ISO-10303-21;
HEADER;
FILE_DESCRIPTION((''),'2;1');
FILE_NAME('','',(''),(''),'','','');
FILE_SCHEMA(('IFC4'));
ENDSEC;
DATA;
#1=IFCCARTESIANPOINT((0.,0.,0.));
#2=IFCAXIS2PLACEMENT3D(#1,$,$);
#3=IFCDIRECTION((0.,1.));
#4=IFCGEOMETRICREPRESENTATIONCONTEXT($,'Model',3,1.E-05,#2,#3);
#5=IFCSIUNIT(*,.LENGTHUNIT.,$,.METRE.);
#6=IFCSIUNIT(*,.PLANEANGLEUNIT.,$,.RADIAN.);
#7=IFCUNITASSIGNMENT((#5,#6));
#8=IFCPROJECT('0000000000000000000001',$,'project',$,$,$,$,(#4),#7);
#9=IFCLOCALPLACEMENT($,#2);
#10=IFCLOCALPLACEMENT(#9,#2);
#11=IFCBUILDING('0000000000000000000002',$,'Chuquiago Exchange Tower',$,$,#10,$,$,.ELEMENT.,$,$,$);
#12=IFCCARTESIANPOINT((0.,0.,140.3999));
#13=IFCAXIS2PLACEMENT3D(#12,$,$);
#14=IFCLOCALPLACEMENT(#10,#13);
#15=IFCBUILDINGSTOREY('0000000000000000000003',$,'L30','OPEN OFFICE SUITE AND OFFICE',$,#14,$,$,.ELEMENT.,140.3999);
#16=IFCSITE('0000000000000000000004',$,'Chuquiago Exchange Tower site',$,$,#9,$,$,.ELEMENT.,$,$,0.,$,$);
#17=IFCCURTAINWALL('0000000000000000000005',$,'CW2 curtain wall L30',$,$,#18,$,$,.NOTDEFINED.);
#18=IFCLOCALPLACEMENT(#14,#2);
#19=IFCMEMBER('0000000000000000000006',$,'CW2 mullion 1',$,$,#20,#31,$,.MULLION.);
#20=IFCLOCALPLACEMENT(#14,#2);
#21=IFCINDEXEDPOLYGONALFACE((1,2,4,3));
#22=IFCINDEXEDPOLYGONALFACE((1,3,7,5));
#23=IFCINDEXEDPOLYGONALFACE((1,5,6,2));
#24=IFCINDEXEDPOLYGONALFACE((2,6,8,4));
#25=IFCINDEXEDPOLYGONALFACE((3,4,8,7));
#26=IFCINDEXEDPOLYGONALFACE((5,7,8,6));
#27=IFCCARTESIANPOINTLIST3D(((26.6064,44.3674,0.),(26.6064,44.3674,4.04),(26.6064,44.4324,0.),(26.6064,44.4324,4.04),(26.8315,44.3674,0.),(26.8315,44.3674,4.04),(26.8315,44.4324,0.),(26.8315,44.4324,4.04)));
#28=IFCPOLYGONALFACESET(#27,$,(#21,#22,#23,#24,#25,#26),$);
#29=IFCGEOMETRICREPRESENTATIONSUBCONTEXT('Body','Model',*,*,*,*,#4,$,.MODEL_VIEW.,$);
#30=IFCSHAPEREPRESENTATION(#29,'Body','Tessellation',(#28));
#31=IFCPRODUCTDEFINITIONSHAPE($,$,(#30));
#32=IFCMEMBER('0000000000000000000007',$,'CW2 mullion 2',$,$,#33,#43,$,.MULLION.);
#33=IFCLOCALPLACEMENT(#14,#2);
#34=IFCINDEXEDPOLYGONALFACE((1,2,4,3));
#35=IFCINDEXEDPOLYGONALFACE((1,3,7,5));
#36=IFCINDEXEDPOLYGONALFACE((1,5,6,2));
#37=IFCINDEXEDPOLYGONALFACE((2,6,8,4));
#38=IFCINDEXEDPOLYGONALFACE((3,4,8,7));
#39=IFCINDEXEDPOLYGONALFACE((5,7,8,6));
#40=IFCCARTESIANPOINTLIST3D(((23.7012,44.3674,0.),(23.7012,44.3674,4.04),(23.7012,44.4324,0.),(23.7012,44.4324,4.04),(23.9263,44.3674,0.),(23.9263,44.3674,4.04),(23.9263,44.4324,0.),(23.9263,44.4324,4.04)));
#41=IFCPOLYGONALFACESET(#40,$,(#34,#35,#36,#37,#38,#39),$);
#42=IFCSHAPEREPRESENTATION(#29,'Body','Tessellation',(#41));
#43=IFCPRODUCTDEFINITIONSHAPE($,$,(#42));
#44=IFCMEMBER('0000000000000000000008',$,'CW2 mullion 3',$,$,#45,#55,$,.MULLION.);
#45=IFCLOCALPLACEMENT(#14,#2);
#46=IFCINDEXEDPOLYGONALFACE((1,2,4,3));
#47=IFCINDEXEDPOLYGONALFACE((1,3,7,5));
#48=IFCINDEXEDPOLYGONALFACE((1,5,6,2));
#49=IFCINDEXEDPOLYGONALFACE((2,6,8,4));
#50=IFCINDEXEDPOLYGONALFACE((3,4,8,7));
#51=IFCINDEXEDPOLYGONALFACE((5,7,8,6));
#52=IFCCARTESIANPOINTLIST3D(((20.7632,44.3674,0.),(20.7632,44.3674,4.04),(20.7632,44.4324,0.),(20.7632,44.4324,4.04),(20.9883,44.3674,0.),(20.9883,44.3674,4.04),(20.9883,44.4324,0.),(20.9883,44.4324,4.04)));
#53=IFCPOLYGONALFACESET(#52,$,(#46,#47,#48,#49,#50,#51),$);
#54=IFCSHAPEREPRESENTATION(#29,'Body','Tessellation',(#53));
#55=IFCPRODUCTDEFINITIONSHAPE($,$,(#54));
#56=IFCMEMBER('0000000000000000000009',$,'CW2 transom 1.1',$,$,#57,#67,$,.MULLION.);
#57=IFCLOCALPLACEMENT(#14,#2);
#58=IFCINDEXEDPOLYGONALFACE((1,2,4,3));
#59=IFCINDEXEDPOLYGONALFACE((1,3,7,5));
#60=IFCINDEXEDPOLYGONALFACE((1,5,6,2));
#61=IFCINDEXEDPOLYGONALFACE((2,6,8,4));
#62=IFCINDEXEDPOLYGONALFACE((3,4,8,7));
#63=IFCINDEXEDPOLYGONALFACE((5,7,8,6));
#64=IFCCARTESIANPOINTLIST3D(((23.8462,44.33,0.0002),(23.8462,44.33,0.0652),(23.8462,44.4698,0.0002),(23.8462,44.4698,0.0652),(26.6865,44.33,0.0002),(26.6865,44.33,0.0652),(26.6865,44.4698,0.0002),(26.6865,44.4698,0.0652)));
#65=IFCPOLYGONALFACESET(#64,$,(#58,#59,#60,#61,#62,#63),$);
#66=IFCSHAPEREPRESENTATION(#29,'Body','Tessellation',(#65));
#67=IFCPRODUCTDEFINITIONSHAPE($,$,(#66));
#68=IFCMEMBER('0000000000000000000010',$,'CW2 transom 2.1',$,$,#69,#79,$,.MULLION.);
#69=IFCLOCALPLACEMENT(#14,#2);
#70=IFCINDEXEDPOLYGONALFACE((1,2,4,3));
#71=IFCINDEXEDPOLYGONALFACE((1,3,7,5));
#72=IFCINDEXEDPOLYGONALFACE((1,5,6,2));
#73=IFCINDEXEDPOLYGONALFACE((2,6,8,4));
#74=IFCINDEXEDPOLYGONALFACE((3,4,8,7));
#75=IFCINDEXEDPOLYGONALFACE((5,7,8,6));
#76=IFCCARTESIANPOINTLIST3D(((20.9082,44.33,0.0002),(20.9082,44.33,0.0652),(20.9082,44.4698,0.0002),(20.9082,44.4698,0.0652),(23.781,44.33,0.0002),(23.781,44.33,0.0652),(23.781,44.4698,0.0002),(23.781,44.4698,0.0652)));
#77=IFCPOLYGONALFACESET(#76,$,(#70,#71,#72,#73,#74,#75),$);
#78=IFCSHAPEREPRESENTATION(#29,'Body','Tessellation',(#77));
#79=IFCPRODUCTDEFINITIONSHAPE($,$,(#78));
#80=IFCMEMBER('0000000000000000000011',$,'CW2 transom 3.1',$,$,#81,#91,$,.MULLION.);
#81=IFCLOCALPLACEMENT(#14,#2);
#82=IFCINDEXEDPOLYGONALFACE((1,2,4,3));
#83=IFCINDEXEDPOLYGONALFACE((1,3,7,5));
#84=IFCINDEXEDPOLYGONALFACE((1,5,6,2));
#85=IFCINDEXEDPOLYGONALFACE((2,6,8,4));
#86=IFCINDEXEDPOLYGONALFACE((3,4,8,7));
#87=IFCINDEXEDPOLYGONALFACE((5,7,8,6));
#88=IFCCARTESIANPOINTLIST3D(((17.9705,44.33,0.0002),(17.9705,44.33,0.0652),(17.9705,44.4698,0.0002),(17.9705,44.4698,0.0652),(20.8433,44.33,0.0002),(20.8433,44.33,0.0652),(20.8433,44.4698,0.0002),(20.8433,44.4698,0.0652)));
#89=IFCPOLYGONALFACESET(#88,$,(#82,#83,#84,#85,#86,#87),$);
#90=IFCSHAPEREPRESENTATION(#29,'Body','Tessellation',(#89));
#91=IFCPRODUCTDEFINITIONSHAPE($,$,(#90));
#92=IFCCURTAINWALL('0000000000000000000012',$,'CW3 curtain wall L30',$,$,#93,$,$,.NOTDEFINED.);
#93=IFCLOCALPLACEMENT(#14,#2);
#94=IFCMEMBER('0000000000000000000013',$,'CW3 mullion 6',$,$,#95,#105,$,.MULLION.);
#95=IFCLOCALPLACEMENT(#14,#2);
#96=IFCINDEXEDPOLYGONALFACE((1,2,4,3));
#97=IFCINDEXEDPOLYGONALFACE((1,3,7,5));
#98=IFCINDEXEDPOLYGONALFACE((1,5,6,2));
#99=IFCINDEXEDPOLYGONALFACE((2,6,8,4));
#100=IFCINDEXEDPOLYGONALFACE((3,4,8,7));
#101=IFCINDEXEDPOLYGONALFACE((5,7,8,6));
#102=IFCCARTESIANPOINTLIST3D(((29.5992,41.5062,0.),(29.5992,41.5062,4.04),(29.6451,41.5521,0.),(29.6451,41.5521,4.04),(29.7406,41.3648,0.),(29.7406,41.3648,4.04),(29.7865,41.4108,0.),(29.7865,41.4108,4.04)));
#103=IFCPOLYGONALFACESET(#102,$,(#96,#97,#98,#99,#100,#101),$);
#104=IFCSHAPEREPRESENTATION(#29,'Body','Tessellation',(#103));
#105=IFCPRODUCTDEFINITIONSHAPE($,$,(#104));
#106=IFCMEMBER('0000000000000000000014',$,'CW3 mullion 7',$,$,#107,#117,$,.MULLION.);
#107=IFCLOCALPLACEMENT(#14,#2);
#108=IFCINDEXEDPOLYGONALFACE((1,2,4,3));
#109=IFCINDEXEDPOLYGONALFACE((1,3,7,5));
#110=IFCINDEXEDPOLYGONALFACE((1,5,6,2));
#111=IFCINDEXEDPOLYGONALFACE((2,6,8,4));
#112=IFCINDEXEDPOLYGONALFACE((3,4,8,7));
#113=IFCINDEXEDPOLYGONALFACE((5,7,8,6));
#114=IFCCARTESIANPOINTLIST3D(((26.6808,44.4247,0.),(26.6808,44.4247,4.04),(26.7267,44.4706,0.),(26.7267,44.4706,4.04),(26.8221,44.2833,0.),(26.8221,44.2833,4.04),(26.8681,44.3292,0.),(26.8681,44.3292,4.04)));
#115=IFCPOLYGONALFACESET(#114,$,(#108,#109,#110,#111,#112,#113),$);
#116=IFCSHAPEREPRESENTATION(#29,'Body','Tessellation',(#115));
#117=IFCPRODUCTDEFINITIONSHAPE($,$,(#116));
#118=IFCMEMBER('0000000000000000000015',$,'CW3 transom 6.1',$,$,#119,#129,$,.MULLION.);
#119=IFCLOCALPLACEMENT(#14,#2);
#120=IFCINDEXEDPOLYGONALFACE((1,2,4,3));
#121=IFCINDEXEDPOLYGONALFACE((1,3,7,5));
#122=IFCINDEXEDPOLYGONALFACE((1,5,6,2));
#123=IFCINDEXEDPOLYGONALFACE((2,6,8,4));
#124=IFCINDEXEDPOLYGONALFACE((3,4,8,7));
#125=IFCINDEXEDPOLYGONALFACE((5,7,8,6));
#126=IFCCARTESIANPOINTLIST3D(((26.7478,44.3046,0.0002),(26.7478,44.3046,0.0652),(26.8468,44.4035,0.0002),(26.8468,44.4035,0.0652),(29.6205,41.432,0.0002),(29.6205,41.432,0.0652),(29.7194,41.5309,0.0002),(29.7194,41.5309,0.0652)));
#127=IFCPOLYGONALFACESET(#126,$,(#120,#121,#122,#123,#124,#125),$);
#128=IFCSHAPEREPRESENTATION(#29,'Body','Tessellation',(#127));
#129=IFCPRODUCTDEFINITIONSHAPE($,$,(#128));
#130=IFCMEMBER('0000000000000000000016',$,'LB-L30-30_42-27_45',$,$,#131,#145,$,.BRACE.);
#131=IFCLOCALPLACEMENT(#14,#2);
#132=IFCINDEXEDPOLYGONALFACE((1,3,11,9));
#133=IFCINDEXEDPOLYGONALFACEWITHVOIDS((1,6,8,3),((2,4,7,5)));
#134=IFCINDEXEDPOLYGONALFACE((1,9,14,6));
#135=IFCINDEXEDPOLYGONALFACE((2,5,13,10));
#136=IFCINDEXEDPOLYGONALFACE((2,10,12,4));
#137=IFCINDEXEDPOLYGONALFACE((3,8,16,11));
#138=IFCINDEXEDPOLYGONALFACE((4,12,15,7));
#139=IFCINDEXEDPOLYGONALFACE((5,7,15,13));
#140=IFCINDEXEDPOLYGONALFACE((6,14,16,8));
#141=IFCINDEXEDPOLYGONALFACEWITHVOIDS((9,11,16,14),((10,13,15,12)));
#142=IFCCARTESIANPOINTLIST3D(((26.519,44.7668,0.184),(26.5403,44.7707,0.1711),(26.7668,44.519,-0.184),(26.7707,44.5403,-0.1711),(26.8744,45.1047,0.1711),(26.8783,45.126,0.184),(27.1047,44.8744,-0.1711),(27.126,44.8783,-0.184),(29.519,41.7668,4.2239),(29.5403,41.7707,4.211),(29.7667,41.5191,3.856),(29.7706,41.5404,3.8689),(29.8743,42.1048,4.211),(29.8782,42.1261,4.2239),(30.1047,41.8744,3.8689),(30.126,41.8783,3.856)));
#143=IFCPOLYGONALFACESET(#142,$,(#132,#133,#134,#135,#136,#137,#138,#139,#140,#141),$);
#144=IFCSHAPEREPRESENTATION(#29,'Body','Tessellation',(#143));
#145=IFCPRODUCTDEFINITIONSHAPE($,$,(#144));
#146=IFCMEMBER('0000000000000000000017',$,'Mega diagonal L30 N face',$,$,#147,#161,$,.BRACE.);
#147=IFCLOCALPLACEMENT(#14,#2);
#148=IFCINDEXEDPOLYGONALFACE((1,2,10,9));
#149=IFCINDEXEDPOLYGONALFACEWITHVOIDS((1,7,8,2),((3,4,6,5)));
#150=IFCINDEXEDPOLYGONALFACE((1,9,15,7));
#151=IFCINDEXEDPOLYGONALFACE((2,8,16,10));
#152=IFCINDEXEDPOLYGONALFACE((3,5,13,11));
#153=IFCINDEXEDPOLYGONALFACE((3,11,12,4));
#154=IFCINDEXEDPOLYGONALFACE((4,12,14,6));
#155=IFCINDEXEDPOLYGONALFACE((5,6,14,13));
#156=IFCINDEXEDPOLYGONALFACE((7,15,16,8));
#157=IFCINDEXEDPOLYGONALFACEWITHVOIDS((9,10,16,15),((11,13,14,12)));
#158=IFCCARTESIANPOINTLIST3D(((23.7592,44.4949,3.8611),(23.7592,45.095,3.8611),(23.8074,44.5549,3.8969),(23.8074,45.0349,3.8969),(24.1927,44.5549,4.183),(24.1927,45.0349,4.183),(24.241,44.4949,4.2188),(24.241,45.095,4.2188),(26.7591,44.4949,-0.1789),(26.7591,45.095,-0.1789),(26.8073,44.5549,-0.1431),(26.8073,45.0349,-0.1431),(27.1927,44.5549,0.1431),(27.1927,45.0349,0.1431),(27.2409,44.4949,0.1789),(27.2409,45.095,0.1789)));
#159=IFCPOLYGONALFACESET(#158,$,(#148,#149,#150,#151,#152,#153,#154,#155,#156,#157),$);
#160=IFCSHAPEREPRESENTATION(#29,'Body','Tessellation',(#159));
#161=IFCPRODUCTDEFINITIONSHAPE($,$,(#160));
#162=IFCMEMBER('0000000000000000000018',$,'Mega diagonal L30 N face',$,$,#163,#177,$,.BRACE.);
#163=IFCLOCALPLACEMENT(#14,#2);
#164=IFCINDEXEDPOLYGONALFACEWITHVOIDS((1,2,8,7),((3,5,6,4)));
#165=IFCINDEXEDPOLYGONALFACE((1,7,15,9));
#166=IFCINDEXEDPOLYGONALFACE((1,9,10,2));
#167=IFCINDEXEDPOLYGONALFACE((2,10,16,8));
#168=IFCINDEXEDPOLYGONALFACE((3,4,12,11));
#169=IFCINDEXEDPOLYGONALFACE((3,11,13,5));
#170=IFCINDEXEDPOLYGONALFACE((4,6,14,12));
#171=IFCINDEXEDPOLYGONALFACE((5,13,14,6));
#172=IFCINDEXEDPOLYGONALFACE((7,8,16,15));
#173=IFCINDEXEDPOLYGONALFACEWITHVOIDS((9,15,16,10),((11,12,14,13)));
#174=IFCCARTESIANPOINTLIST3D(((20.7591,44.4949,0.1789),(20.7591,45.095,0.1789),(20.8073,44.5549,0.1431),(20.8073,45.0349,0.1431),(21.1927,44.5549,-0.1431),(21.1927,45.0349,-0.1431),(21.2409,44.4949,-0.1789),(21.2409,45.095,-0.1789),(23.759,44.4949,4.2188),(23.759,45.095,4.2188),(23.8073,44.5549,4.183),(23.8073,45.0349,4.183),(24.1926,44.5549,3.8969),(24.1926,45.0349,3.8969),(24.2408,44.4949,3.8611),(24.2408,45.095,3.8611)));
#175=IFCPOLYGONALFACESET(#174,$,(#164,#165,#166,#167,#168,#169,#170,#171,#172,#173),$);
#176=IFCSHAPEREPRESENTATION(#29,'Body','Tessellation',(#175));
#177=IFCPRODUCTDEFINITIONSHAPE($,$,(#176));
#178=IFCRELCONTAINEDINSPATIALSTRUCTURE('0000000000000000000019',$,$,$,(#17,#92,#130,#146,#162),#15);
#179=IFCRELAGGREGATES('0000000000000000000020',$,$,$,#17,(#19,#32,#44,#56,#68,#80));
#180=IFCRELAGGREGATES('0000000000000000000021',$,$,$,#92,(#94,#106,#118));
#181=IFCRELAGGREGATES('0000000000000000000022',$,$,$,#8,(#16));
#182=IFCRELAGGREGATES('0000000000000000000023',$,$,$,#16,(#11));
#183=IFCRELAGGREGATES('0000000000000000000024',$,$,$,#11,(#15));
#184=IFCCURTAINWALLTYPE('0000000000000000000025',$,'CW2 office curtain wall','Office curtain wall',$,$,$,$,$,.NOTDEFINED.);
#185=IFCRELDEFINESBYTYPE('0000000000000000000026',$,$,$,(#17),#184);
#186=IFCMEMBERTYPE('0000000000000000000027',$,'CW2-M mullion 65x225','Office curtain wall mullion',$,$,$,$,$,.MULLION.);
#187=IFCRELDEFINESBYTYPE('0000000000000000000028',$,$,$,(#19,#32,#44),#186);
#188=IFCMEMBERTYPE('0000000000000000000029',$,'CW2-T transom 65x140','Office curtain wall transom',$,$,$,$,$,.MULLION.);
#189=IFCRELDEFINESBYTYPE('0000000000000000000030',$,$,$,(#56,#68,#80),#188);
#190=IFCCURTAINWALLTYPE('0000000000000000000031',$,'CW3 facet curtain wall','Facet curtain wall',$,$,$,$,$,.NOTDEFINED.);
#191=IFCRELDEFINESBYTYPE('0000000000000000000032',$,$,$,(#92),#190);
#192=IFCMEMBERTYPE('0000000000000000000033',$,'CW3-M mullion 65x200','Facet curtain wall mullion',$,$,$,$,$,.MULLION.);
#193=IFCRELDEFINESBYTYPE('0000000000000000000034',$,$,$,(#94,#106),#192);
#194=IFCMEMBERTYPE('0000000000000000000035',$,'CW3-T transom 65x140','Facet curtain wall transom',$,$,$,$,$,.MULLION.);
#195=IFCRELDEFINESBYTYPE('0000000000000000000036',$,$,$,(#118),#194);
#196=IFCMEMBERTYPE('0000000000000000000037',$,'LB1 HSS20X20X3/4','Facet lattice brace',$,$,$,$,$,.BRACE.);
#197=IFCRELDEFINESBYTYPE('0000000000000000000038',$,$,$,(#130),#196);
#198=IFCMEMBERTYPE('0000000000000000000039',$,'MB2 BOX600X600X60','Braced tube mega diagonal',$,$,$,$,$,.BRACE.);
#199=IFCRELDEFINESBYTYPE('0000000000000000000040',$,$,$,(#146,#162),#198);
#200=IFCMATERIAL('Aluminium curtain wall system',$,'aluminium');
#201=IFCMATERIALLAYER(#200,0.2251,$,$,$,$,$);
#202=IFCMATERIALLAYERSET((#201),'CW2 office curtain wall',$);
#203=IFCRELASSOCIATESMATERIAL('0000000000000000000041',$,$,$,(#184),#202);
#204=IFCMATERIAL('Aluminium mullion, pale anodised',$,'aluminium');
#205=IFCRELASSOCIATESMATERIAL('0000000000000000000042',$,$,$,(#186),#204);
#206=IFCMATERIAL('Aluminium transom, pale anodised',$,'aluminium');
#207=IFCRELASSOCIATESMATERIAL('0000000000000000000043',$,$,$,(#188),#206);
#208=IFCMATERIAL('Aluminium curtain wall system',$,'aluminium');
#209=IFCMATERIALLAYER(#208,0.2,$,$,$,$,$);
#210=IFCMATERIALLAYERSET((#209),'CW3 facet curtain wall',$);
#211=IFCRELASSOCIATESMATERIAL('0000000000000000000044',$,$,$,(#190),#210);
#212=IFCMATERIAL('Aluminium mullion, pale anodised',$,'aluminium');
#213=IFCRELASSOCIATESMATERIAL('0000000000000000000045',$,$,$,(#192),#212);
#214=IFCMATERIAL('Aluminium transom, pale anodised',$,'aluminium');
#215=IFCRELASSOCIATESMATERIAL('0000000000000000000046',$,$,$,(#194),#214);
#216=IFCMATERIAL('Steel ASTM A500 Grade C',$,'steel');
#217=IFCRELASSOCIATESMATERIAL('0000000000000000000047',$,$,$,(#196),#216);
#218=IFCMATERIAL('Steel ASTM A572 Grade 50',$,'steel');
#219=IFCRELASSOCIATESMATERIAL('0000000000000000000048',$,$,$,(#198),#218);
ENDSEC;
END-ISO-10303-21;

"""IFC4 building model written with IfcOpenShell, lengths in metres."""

from ifc_helpers import new_model, si_unit, direction, frame, origin, origin_2d, place, context, subcontext, project, spatial, rectangle, hollow_rectangle, extrude, material, layer, layer_set, material_profile, profile_set, type_object, element, aggregate, save


model = new_model("IFC4")

# Units and contexts
model_context = context("Model", 3, precision=1e-05, world=origin(), true_north=direction((0.0, 1.0)))
body_context = subcontext(model_context, "Body", "Model", "MODEL_VIEW")
ifc_project = project(units=[si_unit("LENGTHUNIT", "METRE"), si_unit("PLANEANGLEUNIT", "RADIAN")], contexts=[model_context])

# Site, building, storey
site_placement = place(None, origin())
site = spatial("IfcSite", under=ifc_project, at=site_placement, Name="Chuquiago Exchange Tower site", CompositionType="ELEMENT", RefElevation=0.0)
building_placement = place(site_placement, origin())
building = spatial("IfcBuilding", under=site, at=building_placement, Name="Chuquiago Exchange Tower", CompositionType="ELEMENT")
storey_placement = place(building_placement, frame((0.0, 0.0, 140.3999)))
storey = spatial("IfcBuildingStorey", under=building, at=storey_placement, Name="L30", Description="OPEN OFFICE SUITE AND OFFICE", CompositionType="ELEMENT", Elevation=140.3999)

# Curtain walls, members
ifc_material_1 = material(Name="Aluminium curtain wall system", Category="aluminium")
ifc_layer_1 = layer(ifc_material_1, 0.2251)
ifc_layer_set_1 = layer_set([ifc_layer_1], Name="CW2 office curtain wall")
curtain_wall_type_1 = type_object("IfcCurtainWallType", Name="CW2 office curtain wall", Description="Office curtain wall", PredefinedType="NOTDEFINED", material=ifc_layer_set_1)
curtain_wall_1_placement = place(storey_placement, origin())
curtain_wall_1 = element("IfcCurtainWall", 1, at=curtain_wall_1_placement, inside=storey, type_object=curtain_wall_type_1, Name="CW2 curtain wall L30", PredefinedType="NOTDEFINED")
ifc_material_2 = material(Name="Aluminium mullion, pale anodised", Category="aluminium")
ifc_material_profile_1 = material_profile(ifc_material_2, rectangle(XDim=0.0649, YDim=0.2251, at=origin_2d()), Name="AL 65x225")
ifc_profile_set_1 = profile_set([ifc_material_profile_1], Name="Aluminium mullion, pale anodised")
member_type_1 = type_object("IfcMemberType", Name="CW2-M mullion 65x225", Description="Office curtain wall mullion", PredefinedType="MULLION", material=ifc_profile_set_1)
member_1_placement = place(storey_placement, frame((26.719, 44.3999, 0.0), z_axis=(0.0, 0.0, 1.0), x_axis=(0.0, -1.0, 0.0)))
member_1 = element("IfcMember", 2, at=member_1_placement, type_object=member_type_1, Name="CW2 mullion 1", PredefinedType="MULLION", context=body_context, shape_type="SweptSolid", body=[
    extrude(rectangle(XDim=0.0649, YDim=0.2251, at=origin_2d()), origin(), (0.0, 0.0, 1.0), 4.04),
])
member_2_placement = place(storey_placement, frame((23.8137, 44.3999, 0.0), z_axis=(0.0, 0.0, 1.0), x_axis=(0.0, -1.0, 0.0)))
member_2 = element("IfcMember", 3, at=member_2_placement, type_object=member_type_1, Name="CW2 mullion 2", PredefinedType="MULLION", context=body_context, shape_type="SweptSolid", body=[
    extrude(rectangle(XDim=0.0649, YDim=0.2251, at=origin_2d()), origin(), (0.0, 0.0, 1.0), 4.04),
])
member_3_placement = place(storey_placement, frame((20.8757, 44.3999, 0.0), z_axis=(0.0, 0.0, 1.0), x_axis=(0.0, -1.0, 0.0)))
member_3 = element("IfcMember", 4, at=member_3_placement, type_object=member_type_1, Name="CW2 mullion 3", PredefinedType="MULLION", context=body_context, shape_type="SweptSolid", body=[
    extrude(rectangle(XDim=0.0649, YDim=0.2251, at=origin_2d()), origin(), (0.0, 0.0, 1.0), 4.04),
])
ifc_material_3 = material(Name="Aluminium transom, pale anodised", Category="aluminium")
ifc_material_profile_2 = material_profile(ifc_material_3, rectangle(XDim=0.1399, YDim=0.0649, at=origin_2d()), Name="AL 140x65")
ifc_profile_set_2 = profile_set([ifc_material_profile_2], Name="Aluminium transom, pale anodised")
member_type_2 = type_object("IfcMemberType", Name="CW2-T transom 65x140", Description="Office curtain wall transom", PredefinedType="MULLION", material=ifc_profile_set_2)
member_4_placement = place(storey_placement, frame((26.6865, 44.3999, 0.0327), z_axis=(-1.0, 0.0, 0.0), x_axis=(0.0, -1.0, 0.0)))
member_4 = element("IfcMember", 5, at=member_4_placement, type_object=member_type_2, Name="CW2 transom 1.1", PredefinedType="MULLION", context=body_context, shape_type="SweptSolid", body=[
    extrude(rectangle(XDim=0.1399, YDim=0.0649, at=origin_2d()), origin(), (0.0, 0.0, 1.0), 2.8403),
])
member_5_placement = place(storey_placement, frame((23.781, 44.3999, 0.0327), z_axis=(-1.0, 0.0, 0.0), x_axis=(0.0, -1.0, 0.0)))
member_5 = element("IfcMember", 6, at=member_5_placement, type_object=member_type_2, Name="CW2 transom 2.1", PredefinedType="MULLION", context=body_context, shape_type="SweptSolid", body=[
    extrude(rectangle(XDim=0.1399, YDim=0.0649, at=origin_2d()), origin(), (0.0, 0.0, 1.0), 2.8728),
])
member_6_placement = place(storey_placement, frame((20.8433, 44.3999, 0.0327), z_axis=(-1.0, 0.0, 0.0), x_axis=(0.0, -1.0, 0.0)))
member_6 = element("IfcMember", 7, at=member_6_placement, type_object=member_type_2, Name="CW2 transom 3.1", PredefinedType="MULLION", context=body_context, shape_type="SweptSolid", body=[
    extrude(rectangle(XDim=0.1399, YDim=0.0649, at=origin_2d()), origin(), (0.0, 0.0, 1.0), 2.8728),
])
ifc_material_4 = material(Name="Aluminium curtain wall system", Category="aluminium")
ifc_layer_2 = layer(ifc_material_4, 0.2)
ifc_layer_set_2 = layer_set([ifc_layer_2], Name="CW3 facet curtain wall")
curtain_wall_type_2 = type_object("IfcCurtainWallType", Name="CW3 facet curtain wall", Description="Facet curtain wall", PredefinedType="NOTDEFINED", material=ifc_layer_set_2)
curtain_wall_2_placement = place(storey_placement, origin())
curtain_wall_2 = element("IfcCurtainWall", 8, at=curtain_wall_2_placement, inside=storey, type_object=curtain_wall_type_2, Name="CW3 curtain wall L30", PredefinedType="NOTDEFINED")
ifc_material_5 = material(Name="Aluminium mullion, pale anodised", Category="aluminium")
ifc_material_profile_3 = material_profile(ifc_material_5, rectangle(XDim=0.0649, YDim=0.2, at=origin_2d()), Name="AL 65x200")
ifc_profile_set_3 = profile_set([ifc_material_profile_3], Name="Aluminium mullion, pale anodised")
member_type_3 = type_object("IfcMemberType", Name="CW3-M mullion 65x200", Description="Facet curtain wall mullion", PredefinedType="MULLION", material=ifc_profile_set_3)
member_7_placement = place(storey_placement, frame((29.6929, 41.4585, 0.0), z_axis=(0.0, 0.0, 1.0), x_axis=(-0.707107, -0.707107, 0.0)))
member_7 = element("IfcMember", 9, at=member_7_placement, type_object=member_type_3, Name="CW3 mullion 6", PredefinedType="MULLION", context=body_context, shape_type="SweptSolid", body=[
    extrude(rectangle(XDim=0.0649, YDim=0.2, at=origin_2d()), origin(), (0.0, 0.0, 1.0), 4.04),
])
member_8_placement = place(storey_placement, frame((26.7744, 44.377, 0.0), z_axis=(0.0, 0.0, 1.0), x_axis=(-0.707107, -0.707107, 0.0)))
member_8 = element("IfcMember", 10, at=member_8_placement, type_object=member_type_3, Name="CW3 mullion 7", PredefinedType="MULLION", context=body_context, shape_type="SweptSolid", body=[
    extrude(rectangle(XDim=0.0649, YDim=0.2, at=origin_2d()), origin(), (0.0, 0.0, 1.0), 4.04),
])
ifc_material_6 = material(Name="Aluminium transom, pale anodised", Category="aluminium")
ifc_material_profile_4 = material_profile(ifc_material_6, rectangle(XDim=0.1399, YDim=0.0649, at=origin_2d()), Name="AL 140x65")
ifc_profile_set_4 = profile_set([ifc_material_profile_4], Name="Aluminium transom, pale anodised")
member_type_4 = type_object("IfcMemberType", Name="CW3-T transom 65x140", Description="Facet curtain wall transom", PredefinedType="MULLION", material=ifc_profile_set_4)
member_9_placement = place(storey_placement, frame((29.6699, 41.4814, 0.0327), z_axis=(-0.707107, 0.707107, 0.0), x_axis=(-0.707107, -0.707107, 0.0)))
member_9 = element("IfcMember", 11, at=member_9_placement, type_object=member_type_4, Name="CW3 transom 6.1", PredefinedType="MULLION", context=body_context, shape_type="SweptSolid", body=[
    extrude(rectangle(XDim=0.1399, YDim=0.0649, at=origin_2d()), origin(), (0.0, 0.0, 1.0), 4.0625),
])

# Members
ifc_material_7 = material(Name="Steel ASTM A500 Grade C", Category="steel")
ifc_material_profile_5 = material_profile(ifc_material_7, hollow_rectangle(XDim=0.5081, YDim=0.5081, WallThickness=0.0178, at=origin_2d()), Name="HSS20X20X3/4")
ifc_profile_set_5 = profile_set([ifc_material_profile_5], Name="Steel ASTM A500 Grade C")
member_type_5 = type_object("IfcMemberType", Name="LB1 HSS20X20X3/4", Description="Facet lattice brace", PredefinedType="BRACE", material=ifc_profile_set_5)
member_10_placement = place(storey_placement, frame((26.8225, 44.8225, 0.0), z_axis=(0.512077, -0.512077, 0.689604), x_axis=(0.707107, 0.707107, 0.0)))
element("IfcMember", 12, at=member_10_placement, inside=storey, type_object=member_type_5, Name="LB-L30-30_42-27_45", PredefinedType="BRACE", context=body_context, shape_type="SweptSolid", body=[
    extrude(hollow_rectangle(XDim=0.5081, YDim=0.5081, WallThickness=0.0178, at=origin_2d()), origin(), (0.0, 0.0, 1.0), 5.8584),
])
ifc_material_8 = material(Name="Steel ASTM A572 Grade 50", Category="steel")
ifc_material_profile_6 = material_profile(ifc_material_8, hollow_rectangle(XDim=0.6001, YDim=0.6001, WallThickness=0.0601, at=origin_2d()), Name="BOX600X600X60")
ifc_profile_set_6 = profile_set([ifc_material_profile_6], Name="Steel ASTM A572 Grade 50")
member_type_6 = type_object("IfcMemberType", Name="MB2 BOX600X600X60", Description="Braced tube mega diagonal", PredefinedType="BRACE", material=ifc_profile_set_6)
for number, where, z_axis, x_axis, name in (
    (13, (27.0, 44.7949, 0.0), (-0.596174, 0.0, 0.802855), (0.0, -1.0, 0.0), "Mega diagonal L30 N face"),
    (14, (21.0, 44.7949, 0.0), (0.596174, 0.0, 0.802855), (0.0, 1.0, 0.0), "Mega diagonal L30 N face"),
):
    element("IfcMember", number, at=place(storey_placement, frame(where, z_axis=z_axis, x_axis=x_axis)), inside=storey, type_object=member_type_6, Name=name, PredefinedType="BRACE", context=body_context, shape_type="SweptSolid", body=[
        extrude(hollow_rectangle(XDim=0.6001, YDim=0.6001, WallThickness=0.0601, at=origin_2d()), origin(), (0.0, 0.0, 1.0), 5.032),
    ])

aggregate(curtain_wall_1, [member_1, member_2, member_3, member_4, member_5, member_6])
aggregate(curtain_wall_2, [member_7, member_8, member_9])

save(model, "model.ifc")
